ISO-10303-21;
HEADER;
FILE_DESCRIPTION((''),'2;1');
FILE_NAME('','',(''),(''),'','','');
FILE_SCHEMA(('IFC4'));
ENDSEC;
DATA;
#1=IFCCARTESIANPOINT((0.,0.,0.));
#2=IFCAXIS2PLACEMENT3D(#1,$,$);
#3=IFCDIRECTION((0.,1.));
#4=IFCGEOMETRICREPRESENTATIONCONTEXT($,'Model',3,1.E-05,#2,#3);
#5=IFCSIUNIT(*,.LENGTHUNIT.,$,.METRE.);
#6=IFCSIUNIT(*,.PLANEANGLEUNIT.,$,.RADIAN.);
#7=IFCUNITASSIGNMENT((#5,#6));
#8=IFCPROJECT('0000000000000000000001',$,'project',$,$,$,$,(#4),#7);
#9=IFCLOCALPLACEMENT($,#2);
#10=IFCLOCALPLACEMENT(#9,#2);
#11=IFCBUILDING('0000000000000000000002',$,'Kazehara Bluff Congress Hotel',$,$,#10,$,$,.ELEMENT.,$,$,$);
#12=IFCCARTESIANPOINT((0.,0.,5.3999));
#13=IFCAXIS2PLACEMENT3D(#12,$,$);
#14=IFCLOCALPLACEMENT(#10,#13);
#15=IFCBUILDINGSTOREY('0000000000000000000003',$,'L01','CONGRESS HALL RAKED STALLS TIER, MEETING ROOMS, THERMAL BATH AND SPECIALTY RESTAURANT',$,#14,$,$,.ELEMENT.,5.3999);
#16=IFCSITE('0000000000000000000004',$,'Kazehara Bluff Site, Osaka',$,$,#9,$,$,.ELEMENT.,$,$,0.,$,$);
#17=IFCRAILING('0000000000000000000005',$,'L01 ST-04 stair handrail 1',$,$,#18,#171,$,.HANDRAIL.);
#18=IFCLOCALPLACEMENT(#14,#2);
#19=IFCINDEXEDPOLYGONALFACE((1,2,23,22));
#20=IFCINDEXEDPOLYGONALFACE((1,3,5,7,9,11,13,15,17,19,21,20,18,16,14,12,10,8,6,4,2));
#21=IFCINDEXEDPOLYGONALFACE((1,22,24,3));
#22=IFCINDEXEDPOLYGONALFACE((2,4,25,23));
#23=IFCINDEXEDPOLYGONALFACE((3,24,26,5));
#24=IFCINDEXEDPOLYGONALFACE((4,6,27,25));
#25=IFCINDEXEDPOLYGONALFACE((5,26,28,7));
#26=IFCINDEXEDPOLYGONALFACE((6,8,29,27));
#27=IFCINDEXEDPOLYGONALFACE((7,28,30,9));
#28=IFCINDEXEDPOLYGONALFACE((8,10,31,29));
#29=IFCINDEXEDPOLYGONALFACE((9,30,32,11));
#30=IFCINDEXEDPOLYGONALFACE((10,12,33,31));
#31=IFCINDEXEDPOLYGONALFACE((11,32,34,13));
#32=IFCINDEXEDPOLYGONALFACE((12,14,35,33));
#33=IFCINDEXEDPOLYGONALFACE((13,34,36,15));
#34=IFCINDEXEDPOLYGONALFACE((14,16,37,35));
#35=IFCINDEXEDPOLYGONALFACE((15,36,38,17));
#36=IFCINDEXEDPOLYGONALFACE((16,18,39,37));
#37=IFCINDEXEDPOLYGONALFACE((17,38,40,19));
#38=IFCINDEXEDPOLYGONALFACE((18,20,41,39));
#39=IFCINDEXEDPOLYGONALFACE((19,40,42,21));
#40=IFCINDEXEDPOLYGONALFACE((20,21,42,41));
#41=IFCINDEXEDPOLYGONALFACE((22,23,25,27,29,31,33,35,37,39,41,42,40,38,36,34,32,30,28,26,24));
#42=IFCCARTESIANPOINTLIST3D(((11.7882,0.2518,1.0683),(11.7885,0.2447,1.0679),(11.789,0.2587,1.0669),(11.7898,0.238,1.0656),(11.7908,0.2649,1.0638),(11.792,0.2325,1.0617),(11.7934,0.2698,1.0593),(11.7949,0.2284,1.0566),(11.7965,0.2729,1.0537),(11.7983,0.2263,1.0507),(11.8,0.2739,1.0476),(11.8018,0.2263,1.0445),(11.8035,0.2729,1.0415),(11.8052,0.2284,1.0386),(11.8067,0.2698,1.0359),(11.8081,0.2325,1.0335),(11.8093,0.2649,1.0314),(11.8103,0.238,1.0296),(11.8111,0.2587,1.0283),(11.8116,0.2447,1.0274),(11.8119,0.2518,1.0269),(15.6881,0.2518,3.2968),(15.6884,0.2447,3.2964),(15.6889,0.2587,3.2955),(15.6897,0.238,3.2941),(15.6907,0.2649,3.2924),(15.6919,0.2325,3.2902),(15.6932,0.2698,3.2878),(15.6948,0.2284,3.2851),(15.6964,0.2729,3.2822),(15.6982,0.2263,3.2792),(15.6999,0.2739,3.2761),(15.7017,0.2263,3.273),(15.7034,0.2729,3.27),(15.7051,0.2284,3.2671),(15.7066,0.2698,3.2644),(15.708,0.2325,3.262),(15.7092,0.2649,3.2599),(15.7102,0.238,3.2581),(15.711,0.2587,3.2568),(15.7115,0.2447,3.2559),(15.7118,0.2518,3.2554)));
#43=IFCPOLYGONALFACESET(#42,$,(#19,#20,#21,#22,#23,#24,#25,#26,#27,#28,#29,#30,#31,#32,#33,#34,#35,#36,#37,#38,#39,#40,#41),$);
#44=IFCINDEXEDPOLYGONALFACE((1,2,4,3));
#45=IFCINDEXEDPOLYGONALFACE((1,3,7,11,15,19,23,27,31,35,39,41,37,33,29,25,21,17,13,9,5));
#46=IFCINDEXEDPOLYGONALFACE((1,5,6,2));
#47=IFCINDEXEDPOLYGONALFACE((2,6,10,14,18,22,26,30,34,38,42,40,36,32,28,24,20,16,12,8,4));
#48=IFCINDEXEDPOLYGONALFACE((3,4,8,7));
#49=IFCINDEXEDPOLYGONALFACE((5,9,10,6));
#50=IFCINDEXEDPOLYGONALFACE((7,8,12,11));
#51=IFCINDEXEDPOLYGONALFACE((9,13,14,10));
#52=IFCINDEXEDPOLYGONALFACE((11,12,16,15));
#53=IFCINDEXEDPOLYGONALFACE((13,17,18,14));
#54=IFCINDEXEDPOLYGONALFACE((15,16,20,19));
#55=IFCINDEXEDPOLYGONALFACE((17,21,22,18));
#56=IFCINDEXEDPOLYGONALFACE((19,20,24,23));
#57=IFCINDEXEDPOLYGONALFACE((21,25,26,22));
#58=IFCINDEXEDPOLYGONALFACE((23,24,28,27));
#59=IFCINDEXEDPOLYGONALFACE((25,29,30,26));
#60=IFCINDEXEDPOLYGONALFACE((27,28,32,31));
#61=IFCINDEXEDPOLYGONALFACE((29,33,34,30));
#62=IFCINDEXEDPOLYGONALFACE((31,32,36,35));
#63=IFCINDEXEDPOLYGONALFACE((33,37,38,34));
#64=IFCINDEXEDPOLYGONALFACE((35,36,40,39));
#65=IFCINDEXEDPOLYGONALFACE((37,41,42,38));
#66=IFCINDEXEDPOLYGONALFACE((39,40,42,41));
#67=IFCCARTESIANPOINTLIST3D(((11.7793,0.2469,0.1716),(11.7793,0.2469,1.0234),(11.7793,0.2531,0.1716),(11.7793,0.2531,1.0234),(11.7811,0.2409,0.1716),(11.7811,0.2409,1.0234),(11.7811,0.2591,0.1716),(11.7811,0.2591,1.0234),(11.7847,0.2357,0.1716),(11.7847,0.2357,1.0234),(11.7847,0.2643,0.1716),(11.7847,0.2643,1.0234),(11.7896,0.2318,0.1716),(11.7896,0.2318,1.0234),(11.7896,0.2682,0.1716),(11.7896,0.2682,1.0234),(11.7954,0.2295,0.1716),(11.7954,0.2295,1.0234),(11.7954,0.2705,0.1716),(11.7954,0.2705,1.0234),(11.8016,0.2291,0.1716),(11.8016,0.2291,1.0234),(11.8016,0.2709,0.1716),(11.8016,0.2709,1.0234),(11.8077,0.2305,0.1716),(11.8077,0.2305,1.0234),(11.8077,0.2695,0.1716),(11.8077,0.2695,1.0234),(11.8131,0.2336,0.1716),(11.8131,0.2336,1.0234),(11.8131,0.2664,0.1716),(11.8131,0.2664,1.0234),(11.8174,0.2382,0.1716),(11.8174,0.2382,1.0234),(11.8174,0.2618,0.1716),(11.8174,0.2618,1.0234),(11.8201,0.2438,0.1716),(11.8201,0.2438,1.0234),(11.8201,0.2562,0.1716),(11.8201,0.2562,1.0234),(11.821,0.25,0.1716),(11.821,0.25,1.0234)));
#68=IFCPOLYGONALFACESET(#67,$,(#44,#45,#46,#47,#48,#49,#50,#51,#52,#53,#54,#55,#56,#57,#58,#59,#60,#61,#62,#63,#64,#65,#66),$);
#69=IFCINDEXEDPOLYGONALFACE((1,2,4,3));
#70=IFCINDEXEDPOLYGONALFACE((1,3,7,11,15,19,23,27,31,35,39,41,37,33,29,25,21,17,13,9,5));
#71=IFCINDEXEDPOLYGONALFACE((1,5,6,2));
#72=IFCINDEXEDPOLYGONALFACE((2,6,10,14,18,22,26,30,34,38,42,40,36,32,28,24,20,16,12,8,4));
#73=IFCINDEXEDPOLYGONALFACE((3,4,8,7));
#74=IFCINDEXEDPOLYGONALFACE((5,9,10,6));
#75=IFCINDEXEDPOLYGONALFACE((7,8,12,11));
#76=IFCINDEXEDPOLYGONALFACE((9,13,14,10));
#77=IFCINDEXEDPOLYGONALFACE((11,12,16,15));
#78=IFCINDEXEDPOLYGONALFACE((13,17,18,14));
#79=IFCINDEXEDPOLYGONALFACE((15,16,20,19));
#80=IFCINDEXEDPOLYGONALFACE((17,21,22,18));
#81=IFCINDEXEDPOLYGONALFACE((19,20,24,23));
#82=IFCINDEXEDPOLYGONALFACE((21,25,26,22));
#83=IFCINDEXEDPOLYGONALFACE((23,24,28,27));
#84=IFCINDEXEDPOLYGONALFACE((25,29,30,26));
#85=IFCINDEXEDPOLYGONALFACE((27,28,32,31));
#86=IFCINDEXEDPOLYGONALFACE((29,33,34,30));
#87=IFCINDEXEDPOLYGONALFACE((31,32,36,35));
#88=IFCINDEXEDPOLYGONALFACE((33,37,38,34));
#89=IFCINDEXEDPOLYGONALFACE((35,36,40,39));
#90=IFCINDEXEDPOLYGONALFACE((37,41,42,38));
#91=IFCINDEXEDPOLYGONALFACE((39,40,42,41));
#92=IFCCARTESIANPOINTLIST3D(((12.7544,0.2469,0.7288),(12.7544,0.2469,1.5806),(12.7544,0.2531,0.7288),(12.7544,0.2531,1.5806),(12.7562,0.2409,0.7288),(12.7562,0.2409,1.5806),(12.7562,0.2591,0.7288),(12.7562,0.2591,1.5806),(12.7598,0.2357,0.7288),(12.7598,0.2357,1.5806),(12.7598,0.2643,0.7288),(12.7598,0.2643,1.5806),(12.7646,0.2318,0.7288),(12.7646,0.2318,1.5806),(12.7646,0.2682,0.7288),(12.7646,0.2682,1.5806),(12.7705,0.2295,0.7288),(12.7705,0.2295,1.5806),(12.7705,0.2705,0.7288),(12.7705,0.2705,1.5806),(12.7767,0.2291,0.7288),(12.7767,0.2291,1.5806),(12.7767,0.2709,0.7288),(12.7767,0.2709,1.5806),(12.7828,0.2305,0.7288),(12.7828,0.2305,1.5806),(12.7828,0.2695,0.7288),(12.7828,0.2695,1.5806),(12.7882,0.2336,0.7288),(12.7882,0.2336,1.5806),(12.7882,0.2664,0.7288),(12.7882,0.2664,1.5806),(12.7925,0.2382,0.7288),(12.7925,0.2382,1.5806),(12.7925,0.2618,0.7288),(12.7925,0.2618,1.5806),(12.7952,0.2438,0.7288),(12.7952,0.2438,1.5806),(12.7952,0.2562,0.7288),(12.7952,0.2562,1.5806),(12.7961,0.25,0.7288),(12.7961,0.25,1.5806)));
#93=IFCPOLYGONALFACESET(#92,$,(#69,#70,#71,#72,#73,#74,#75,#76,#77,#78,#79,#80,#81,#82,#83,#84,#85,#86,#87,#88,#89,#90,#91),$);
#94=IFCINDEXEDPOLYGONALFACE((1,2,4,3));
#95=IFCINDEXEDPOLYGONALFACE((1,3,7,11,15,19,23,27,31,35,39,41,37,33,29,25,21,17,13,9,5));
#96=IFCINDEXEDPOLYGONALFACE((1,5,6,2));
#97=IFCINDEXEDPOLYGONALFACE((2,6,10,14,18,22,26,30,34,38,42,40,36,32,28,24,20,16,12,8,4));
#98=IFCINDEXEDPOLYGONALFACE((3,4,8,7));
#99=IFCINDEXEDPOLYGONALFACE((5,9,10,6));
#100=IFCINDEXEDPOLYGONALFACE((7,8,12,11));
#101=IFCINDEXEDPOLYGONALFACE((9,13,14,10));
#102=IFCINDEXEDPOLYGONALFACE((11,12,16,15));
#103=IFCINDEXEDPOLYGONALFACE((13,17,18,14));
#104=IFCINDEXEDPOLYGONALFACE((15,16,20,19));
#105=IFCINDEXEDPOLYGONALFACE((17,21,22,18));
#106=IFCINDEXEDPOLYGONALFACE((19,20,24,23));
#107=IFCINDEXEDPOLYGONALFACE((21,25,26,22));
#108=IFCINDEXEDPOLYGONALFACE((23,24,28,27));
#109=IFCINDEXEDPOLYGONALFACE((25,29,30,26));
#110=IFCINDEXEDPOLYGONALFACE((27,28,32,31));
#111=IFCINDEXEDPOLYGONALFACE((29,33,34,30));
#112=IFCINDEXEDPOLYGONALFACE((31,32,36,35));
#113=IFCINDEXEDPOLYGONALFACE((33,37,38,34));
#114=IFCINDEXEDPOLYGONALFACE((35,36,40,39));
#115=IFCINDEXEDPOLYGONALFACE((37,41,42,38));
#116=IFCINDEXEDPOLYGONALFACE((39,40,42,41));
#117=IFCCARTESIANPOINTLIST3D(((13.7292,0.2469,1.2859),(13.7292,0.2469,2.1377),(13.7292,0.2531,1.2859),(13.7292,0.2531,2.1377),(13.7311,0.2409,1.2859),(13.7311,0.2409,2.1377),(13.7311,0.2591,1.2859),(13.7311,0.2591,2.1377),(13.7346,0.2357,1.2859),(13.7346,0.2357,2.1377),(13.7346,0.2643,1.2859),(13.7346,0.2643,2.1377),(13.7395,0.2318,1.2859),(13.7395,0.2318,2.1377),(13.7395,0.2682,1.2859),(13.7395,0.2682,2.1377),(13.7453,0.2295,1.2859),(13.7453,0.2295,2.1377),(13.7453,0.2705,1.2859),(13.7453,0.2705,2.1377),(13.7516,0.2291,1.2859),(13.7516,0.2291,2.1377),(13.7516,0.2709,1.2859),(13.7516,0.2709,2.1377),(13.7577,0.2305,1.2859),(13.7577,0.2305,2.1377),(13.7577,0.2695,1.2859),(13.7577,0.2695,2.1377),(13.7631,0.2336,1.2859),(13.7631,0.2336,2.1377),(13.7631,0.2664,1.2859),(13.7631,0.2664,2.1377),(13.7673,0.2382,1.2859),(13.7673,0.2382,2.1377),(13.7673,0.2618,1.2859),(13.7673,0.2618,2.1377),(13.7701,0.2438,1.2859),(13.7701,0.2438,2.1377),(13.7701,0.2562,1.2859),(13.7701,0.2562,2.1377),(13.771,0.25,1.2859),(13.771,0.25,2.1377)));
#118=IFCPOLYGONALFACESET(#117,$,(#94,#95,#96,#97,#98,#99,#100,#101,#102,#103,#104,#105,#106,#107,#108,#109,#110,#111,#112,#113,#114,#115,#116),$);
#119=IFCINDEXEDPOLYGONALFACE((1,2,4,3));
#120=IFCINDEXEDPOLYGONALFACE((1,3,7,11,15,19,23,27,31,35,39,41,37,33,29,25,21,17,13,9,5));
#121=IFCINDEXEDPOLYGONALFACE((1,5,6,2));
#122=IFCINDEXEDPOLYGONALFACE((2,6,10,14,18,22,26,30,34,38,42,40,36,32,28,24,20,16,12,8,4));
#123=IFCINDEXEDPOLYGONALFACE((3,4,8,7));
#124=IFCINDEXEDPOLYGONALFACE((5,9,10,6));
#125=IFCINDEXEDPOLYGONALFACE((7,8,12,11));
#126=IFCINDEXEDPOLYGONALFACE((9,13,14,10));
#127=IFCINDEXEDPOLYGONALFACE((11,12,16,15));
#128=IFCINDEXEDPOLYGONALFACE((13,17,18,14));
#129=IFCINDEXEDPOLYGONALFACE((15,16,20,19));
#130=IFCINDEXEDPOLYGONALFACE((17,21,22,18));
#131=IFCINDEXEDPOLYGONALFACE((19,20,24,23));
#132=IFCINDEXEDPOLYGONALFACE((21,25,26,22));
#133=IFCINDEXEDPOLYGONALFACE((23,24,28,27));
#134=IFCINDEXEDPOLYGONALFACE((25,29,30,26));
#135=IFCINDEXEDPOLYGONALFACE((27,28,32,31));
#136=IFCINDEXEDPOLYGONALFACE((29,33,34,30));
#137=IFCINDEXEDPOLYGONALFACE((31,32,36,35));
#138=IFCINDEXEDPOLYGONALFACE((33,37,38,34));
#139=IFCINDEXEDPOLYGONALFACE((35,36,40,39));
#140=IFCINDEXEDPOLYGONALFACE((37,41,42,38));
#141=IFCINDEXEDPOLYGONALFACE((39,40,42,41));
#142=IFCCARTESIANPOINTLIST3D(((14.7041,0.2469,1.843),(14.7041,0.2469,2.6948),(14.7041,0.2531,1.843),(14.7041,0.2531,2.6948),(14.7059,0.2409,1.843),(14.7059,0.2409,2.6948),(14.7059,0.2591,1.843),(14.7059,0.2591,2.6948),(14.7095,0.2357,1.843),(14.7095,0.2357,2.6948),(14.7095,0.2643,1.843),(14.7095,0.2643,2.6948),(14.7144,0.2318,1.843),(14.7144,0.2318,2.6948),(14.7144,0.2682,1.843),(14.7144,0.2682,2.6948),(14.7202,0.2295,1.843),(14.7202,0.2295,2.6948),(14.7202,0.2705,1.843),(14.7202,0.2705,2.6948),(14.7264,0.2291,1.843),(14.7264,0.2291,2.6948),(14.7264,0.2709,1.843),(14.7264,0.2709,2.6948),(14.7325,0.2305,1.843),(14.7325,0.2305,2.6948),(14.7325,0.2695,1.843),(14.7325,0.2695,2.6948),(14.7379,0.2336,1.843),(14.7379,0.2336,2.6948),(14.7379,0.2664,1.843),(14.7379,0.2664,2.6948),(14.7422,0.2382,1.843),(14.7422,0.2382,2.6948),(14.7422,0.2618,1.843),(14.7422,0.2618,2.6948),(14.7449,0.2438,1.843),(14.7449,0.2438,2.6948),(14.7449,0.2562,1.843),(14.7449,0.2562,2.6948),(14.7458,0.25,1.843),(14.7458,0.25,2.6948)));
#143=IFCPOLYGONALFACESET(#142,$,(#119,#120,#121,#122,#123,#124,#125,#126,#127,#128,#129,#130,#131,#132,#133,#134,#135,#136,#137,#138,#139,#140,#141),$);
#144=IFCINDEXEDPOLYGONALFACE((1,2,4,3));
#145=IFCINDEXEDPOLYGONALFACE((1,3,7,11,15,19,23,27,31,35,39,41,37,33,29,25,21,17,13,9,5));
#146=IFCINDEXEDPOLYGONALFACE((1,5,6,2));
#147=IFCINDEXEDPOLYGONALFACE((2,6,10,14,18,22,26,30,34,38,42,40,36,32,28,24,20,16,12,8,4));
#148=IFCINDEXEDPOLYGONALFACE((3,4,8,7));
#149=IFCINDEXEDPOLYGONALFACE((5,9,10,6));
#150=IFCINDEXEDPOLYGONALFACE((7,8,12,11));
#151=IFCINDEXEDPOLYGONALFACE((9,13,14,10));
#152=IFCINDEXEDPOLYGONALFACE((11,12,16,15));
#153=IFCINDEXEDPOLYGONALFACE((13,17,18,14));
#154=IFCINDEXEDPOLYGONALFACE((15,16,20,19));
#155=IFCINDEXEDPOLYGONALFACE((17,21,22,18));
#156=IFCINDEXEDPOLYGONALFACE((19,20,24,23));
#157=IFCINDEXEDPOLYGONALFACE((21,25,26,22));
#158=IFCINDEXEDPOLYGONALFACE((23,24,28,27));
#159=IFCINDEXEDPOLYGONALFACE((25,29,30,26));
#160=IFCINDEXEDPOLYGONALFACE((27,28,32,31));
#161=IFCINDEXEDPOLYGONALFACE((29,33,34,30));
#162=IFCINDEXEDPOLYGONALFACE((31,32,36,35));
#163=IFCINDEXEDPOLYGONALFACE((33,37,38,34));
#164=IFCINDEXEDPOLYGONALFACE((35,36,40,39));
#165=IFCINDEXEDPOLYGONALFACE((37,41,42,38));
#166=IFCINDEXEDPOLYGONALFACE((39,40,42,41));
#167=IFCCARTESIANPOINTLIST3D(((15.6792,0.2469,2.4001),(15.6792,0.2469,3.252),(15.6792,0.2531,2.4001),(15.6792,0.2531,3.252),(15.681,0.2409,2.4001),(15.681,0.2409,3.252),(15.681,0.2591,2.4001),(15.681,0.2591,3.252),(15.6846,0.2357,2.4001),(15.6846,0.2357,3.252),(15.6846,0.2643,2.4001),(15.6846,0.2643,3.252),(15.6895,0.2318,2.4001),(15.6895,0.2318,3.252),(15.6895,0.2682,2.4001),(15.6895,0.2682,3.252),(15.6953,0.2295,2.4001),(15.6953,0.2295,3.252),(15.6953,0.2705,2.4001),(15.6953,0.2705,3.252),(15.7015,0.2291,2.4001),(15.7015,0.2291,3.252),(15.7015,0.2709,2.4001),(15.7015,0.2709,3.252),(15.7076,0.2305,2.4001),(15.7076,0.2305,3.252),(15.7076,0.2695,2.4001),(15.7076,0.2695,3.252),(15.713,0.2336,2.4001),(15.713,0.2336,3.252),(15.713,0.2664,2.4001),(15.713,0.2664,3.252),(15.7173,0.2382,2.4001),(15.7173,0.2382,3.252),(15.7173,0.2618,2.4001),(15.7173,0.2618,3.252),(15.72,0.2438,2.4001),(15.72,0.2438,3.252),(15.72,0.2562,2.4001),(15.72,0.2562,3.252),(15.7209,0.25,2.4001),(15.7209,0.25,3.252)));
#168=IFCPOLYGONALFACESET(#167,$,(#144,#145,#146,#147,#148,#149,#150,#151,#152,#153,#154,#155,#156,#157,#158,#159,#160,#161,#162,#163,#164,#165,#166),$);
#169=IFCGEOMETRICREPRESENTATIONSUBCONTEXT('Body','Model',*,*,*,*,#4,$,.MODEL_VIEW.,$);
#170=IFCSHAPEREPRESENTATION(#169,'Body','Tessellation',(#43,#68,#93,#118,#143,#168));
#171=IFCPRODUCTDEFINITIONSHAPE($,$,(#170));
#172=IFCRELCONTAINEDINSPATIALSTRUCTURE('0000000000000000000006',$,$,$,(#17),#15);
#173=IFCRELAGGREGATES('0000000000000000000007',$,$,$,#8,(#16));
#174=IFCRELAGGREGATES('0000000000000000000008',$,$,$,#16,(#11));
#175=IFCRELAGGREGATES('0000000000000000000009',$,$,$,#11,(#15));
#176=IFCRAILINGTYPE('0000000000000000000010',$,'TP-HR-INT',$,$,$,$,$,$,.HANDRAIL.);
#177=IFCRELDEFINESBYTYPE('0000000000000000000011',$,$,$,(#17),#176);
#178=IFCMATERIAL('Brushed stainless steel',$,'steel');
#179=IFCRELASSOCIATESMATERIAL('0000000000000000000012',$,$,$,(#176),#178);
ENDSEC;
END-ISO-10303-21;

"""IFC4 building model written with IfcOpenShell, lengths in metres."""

from ifc_helpers import new_model, si_unit, direction, frame, origin, origin_2d, place, context, subcontext, project, spatial, circle, extrude, material, type_object, element, save


model = new_model("IFC4")

# Units and contexts
model_context = context("Model", 3, precision=1e-05, world=origin(), true_north=direction((0.0, 1.0)))
body_context = subcontext(model_context, "Body", "Model", "MODEL_VIEW")
ifc_project = project(units=[si_unit("LENGTHUNIT", "METRE"), si_unit("PLANEANGLEUNIT", "RADIAN")], contexts=[model_context])

# Site, building, storey
site_placement = place(None, origin())
site = spatial("IfcSite", under=ifc_project, at=site_placement, Name="Kazehara Bluff Site, Osaka", CompositionType="ELEMENT", RefElevation=0.0)
building_placement = place(site_placement, origin())
building = spatial("IfcBuilding", under=site, at=building_placement, Name="Kazehara Bluff Congress Hotel", CompositionType="ELEMENT")
storey_placement = place(building_placement, frame((0.0, 0.0, 5.3999)))
storey = spatial("IfcBuildingStorey", under=building, at=storey_placement, Name="L01", Description="CONGRESS HALL RAKED STALLS TIER, MEETING ROOMS, THERMAL BATH AND SPECIALTY RESTAURANT", CompositionType="ELEMENT", Elevation=5.3999)

# Railing
ifc_material_1 = material(Name="Brushed stainless steel", Category="steel")
railing_type_1 = type_object("IfcRailingType", Name="TP-HR-INT", PredefinedType="HANDRAIL", material=ifc_material_1)
railing_1_placement = place(storey_placement, frame((11.8, 0.25, 0.1716)))
element("IfcRailing", 1, at=railing_1_placement, inside=storey, type_object=railing_type_1, Name="L01 ST-04 stair handrail 1", PredefinedType="HANDRAIL", context=body_context, shape_type="SweptSolid", body=[
    extrude(circle(Radius=0.0239, at=origin_2d()), frame((0.0, 0.0, 0.876), z_axis=(0.868243, 0.0, 0.496139), x_axis=(0.0, 1.0, 0.0)), (0.0, 0.0, 1.0), 4.4917),
    extrude(circle(Radius=0.021, at=origin_2d()), origin(), (0.0, 0.0, 1.0), 0.8518),
    extrude(circle(Radius=0.021, at=origin_2d()), frame((0.9751, 0.0, 0.5571)), (0.0, 0.0, 1.0), 0.8518),
    extrude(circle(Radius=0.021, at=origin_2d()), frame((1.95, 0.0, 1.1143)), (0.0, 0.0, 1.0), 0.8518),
    extrude(circle(Radius=0.021, at=origin_2d()), frame((2.9248, 0.0, 1.6714)), (0.0, 0.0, 1.0), 0.8518),
    extrude(circle(Radius=0.021, at=origin_2d()), frame((3.8999, 0.0, 2.2285)), (0.0, 0.0, 1.0), 0.8518),
])

save(model, "model.ifc")
